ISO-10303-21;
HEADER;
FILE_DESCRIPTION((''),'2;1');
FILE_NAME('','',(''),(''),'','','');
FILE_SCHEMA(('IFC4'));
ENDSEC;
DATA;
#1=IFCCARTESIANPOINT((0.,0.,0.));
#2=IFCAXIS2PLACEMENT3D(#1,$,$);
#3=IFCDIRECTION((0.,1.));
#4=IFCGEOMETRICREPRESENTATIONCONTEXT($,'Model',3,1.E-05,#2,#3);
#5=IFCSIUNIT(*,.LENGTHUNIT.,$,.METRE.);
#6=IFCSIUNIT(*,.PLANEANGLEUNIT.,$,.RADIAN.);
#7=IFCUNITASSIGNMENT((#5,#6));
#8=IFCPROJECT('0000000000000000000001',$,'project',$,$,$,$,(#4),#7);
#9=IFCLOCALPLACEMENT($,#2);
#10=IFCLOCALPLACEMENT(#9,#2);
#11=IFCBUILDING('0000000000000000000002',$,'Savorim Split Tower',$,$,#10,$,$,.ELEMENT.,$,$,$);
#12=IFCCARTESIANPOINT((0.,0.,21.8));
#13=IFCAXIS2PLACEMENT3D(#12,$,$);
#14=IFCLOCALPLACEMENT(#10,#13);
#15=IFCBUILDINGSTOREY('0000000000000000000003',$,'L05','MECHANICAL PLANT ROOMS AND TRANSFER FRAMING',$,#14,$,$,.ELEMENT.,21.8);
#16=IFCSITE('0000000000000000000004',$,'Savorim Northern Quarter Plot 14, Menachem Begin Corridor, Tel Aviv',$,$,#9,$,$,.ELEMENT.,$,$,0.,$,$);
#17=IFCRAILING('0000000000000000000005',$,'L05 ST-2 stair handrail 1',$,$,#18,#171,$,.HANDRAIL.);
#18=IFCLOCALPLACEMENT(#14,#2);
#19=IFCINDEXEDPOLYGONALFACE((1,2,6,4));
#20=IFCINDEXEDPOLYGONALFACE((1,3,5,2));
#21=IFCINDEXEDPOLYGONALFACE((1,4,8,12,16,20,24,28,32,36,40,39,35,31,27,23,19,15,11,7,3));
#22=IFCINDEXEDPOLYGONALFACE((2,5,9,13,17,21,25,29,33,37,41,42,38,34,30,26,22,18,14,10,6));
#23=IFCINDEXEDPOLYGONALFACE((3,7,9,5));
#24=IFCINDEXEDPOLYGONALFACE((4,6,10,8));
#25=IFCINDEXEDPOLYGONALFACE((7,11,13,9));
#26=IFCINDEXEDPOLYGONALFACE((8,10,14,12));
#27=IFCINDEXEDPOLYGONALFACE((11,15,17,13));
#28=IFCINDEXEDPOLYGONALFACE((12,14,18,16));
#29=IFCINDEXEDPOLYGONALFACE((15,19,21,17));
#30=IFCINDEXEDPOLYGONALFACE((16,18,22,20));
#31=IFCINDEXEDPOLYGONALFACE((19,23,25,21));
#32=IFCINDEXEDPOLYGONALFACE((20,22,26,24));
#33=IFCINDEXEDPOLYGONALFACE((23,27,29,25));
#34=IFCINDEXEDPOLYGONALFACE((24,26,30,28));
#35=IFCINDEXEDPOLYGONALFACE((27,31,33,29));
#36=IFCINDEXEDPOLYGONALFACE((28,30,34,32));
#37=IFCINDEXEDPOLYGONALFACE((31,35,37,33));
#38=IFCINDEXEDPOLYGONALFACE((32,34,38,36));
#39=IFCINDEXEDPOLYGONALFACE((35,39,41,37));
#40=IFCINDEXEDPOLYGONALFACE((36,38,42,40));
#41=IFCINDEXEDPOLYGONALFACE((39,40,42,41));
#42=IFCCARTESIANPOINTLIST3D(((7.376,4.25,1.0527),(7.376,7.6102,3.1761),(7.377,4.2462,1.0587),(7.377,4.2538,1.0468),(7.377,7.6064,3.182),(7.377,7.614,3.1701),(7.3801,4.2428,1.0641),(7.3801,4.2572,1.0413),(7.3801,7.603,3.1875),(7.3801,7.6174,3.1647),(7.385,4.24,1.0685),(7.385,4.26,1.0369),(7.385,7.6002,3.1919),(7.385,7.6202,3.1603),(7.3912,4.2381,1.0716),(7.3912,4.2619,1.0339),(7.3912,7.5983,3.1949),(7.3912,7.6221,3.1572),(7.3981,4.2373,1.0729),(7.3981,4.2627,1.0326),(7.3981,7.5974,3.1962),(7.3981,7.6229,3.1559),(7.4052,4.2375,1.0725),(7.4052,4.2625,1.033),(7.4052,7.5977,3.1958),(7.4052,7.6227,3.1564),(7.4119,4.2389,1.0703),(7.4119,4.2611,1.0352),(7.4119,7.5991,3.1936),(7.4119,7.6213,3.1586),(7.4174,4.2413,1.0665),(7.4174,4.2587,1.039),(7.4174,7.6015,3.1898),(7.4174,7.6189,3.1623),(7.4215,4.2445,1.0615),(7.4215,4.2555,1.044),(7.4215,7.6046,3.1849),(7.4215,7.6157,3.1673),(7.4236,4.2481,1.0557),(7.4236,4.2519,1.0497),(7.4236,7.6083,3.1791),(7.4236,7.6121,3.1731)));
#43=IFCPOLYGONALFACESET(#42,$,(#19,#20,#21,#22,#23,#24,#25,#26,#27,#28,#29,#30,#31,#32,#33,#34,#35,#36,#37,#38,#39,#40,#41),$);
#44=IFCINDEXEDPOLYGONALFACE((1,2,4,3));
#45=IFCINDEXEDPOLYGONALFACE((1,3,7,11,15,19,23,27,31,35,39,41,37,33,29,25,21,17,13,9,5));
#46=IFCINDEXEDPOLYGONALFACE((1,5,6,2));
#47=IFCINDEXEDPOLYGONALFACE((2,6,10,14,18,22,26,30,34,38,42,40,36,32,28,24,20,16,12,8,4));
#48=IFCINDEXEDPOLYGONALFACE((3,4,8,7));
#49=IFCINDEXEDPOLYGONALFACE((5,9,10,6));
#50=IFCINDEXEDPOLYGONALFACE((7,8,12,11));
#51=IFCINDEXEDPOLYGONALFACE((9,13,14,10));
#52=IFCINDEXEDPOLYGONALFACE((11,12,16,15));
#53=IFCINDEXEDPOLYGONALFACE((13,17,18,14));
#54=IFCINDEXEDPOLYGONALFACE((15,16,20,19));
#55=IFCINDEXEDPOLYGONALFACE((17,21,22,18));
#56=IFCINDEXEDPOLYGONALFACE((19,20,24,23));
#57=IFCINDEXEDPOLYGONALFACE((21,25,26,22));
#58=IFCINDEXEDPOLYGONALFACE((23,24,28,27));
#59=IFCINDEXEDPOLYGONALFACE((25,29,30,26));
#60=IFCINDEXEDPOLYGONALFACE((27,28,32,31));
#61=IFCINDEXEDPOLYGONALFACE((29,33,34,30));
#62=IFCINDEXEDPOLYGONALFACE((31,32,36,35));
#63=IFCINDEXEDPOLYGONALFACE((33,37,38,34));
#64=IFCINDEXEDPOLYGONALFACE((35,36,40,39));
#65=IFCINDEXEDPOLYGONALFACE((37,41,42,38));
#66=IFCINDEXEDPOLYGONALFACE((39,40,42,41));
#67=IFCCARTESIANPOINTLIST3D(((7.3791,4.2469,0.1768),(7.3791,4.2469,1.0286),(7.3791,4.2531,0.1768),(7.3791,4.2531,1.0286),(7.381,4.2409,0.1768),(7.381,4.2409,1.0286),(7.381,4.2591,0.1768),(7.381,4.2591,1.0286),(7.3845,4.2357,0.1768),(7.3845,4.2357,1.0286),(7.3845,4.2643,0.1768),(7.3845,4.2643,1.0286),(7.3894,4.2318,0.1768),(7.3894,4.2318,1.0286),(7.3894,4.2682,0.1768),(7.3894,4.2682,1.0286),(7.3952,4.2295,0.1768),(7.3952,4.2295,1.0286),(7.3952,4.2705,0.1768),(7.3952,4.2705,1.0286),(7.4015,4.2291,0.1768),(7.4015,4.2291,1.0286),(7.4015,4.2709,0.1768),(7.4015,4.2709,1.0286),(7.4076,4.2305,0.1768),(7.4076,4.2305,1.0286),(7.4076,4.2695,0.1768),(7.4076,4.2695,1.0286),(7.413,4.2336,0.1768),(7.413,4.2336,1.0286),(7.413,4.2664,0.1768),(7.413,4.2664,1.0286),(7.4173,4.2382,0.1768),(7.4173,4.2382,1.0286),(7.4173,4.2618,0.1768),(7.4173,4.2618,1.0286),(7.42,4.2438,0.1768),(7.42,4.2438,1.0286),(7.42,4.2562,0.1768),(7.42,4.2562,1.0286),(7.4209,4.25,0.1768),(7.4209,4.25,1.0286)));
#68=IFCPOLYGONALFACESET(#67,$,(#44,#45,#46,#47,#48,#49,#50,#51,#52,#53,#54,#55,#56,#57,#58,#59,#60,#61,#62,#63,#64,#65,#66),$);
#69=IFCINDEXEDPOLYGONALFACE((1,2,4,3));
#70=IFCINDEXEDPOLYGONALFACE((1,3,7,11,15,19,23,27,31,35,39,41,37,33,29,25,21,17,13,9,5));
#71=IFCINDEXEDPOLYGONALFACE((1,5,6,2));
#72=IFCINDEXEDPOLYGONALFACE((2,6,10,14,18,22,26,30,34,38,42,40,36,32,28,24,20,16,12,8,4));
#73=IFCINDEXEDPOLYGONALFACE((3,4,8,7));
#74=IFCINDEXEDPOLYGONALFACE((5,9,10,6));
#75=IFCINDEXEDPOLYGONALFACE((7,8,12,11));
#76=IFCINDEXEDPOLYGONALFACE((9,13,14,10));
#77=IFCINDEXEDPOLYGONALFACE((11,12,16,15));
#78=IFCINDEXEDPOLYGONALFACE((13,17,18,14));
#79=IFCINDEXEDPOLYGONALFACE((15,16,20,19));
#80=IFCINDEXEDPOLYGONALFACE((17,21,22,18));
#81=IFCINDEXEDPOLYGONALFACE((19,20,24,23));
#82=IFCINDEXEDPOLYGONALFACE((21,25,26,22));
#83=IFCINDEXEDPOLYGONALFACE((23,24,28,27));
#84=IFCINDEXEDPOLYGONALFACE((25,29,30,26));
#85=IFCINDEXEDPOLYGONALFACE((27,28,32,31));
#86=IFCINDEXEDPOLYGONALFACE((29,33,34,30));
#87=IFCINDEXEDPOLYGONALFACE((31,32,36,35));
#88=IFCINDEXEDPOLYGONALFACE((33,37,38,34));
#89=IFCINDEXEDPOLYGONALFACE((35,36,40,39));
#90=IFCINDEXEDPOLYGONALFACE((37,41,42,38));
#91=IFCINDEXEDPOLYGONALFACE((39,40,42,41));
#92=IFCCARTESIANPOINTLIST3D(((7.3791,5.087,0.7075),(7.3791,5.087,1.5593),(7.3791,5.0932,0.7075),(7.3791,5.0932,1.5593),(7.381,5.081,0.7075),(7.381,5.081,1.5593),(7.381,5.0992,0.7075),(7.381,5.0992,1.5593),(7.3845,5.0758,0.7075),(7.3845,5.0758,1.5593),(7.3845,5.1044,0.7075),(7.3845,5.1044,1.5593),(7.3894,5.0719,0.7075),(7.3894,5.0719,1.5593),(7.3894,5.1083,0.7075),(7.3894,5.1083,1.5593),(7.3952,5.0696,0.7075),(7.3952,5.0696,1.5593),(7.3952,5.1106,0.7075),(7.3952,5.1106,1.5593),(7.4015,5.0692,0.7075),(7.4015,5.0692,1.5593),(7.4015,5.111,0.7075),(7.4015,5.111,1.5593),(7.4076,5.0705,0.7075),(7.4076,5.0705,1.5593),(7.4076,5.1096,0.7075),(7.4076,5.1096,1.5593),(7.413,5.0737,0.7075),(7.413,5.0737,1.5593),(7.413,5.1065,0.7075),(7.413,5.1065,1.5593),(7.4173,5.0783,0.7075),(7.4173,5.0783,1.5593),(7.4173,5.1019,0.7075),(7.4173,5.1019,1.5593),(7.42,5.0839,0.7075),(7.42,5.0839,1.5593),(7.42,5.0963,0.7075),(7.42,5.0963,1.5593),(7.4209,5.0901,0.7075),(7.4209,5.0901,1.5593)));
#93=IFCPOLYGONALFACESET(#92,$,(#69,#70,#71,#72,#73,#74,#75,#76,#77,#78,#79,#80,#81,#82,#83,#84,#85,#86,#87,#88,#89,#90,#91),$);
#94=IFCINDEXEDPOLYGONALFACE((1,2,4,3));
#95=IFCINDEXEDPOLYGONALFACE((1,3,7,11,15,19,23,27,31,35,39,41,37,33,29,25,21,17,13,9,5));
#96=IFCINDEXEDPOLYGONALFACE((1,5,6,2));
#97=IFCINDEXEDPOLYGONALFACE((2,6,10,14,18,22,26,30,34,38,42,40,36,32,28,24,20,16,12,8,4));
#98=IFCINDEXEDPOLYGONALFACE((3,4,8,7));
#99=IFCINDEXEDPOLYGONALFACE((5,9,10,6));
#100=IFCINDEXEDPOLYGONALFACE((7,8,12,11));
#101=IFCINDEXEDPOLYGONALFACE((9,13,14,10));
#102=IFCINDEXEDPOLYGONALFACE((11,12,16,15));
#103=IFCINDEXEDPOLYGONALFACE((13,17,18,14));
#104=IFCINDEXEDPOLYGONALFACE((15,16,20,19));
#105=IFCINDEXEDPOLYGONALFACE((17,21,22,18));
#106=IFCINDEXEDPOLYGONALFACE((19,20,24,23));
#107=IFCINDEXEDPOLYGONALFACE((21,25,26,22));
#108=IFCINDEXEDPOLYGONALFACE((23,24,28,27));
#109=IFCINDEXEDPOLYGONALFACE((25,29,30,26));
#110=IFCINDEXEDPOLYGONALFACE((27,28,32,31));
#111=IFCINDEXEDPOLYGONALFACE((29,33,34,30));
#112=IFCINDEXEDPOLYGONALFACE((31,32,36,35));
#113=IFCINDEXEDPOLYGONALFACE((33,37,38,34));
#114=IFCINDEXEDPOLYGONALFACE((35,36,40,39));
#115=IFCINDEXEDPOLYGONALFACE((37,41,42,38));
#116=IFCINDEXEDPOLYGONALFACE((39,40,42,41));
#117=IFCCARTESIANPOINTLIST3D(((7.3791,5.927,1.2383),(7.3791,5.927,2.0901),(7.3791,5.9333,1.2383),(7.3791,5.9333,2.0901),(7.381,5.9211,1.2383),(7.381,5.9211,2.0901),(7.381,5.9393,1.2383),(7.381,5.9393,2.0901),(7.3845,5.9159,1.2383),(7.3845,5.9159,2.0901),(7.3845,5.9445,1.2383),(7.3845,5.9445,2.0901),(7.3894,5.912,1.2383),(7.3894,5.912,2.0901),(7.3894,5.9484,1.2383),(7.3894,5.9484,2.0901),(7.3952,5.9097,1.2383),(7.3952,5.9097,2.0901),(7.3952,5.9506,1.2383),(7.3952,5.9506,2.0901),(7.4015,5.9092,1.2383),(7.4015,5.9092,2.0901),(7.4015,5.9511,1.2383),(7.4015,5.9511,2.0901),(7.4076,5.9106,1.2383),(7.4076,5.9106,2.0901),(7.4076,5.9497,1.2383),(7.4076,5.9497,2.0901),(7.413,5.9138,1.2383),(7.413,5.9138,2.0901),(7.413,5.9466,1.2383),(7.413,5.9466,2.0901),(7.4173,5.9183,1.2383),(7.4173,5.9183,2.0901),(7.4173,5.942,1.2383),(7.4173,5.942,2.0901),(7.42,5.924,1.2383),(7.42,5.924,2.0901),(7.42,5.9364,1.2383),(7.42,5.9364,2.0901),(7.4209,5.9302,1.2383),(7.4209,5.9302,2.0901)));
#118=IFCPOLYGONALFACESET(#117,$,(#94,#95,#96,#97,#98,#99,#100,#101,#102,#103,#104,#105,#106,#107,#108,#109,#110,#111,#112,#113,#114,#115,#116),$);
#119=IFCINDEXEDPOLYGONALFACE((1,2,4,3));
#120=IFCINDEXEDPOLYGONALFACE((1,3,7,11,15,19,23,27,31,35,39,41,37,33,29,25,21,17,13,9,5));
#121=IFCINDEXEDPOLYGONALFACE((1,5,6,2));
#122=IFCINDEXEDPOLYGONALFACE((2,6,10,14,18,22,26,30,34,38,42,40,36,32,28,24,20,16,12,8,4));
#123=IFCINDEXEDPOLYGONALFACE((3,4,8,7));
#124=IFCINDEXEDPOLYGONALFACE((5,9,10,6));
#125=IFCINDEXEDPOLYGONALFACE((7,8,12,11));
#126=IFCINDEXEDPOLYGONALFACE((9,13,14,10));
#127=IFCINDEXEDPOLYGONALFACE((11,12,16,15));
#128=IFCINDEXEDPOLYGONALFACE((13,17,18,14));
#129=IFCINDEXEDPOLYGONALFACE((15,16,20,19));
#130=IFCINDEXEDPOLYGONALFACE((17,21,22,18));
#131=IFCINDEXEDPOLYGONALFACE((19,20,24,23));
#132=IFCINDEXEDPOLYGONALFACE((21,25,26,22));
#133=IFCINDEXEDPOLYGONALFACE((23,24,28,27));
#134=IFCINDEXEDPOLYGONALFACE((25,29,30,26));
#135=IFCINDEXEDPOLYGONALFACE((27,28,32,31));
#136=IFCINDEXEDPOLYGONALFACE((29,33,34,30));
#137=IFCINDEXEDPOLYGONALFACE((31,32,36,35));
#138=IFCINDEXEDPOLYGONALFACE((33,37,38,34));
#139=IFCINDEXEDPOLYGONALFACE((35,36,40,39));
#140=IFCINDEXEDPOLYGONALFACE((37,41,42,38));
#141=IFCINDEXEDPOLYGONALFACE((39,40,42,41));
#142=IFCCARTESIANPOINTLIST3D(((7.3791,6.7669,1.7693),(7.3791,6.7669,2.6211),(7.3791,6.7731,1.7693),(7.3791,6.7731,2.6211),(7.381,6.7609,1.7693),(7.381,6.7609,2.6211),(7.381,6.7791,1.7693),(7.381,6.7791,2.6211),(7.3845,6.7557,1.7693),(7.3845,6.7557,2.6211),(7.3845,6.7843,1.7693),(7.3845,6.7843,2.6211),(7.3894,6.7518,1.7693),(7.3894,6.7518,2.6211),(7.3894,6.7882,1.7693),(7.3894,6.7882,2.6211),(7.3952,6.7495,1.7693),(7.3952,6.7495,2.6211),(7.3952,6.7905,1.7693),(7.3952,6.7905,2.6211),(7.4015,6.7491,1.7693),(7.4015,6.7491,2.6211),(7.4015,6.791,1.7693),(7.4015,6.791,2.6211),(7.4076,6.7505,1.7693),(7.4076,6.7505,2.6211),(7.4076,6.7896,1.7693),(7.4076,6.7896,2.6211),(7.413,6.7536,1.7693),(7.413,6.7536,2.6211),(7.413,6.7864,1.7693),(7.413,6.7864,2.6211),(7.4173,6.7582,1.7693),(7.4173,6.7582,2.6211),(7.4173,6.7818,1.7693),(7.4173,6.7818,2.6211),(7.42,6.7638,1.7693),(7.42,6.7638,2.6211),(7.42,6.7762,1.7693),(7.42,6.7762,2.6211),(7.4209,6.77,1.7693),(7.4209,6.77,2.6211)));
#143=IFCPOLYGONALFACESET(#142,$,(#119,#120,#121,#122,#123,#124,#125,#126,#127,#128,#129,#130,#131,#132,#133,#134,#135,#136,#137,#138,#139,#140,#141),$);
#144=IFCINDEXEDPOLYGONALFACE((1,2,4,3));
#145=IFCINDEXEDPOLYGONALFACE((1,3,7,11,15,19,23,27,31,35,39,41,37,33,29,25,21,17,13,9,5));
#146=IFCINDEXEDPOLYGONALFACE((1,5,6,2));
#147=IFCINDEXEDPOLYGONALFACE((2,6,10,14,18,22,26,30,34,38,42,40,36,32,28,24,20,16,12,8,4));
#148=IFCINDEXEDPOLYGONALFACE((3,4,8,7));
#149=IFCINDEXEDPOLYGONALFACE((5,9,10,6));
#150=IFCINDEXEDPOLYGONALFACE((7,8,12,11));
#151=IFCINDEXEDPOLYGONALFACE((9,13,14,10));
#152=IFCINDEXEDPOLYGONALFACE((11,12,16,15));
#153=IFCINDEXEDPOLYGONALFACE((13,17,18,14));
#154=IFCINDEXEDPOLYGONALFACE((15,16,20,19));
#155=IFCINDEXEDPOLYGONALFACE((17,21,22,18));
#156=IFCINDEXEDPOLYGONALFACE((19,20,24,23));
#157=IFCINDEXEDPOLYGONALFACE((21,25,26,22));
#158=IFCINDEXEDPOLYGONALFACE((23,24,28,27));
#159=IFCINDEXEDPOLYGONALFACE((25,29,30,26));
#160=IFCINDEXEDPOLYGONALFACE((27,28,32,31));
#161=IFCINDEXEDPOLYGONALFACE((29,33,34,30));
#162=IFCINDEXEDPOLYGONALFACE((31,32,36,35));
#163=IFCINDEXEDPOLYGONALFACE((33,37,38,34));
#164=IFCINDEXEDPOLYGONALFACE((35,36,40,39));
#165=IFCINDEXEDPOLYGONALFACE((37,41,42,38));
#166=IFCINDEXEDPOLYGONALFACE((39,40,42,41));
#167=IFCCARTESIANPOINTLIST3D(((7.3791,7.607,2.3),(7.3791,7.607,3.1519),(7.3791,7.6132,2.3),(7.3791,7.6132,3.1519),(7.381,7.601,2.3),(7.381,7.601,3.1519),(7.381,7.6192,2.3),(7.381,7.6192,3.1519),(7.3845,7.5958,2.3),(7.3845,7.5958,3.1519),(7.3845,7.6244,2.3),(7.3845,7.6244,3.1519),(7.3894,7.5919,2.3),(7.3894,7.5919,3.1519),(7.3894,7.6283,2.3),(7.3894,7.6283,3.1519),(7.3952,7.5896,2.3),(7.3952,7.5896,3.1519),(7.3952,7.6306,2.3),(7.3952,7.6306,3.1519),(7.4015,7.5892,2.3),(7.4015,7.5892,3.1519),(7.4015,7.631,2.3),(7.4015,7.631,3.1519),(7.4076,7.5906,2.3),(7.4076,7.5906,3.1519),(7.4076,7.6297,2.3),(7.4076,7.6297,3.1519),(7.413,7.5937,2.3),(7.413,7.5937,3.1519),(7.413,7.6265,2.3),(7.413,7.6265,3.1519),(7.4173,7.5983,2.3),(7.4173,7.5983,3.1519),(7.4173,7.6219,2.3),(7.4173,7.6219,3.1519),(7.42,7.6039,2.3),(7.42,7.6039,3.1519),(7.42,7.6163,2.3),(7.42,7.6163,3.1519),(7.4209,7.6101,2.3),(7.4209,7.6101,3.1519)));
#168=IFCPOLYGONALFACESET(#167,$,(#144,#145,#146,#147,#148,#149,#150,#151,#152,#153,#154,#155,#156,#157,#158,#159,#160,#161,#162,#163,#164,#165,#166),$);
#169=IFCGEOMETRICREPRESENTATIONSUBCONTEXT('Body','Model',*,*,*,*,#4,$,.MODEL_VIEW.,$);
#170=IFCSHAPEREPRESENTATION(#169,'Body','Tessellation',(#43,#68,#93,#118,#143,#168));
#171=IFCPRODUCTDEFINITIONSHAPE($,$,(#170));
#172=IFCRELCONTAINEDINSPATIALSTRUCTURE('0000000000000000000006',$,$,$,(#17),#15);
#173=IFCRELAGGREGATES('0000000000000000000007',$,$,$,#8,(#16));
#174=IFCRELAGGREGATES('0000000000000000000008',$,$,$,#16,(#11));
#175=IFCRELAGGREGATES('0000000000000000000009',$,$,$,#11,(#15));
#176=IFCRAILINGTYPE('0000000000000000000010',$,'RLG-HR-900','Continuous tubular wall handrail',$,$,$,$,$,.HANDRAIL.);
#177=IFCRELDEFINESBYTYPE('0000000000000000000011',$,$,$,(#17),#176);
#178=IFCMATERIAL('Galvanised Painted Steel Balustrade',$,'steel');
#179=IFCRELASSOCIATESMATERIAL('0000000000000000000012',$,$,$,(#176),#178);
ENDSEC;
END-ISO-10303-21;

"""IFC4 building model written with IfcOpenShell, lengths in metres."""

from ifc_helpers import new_model, si_unit, direction, frame, origin, origin_2d, place, context, subcontext, project, spatial, circle, extrude, material, type_object, element, save


model = new_model("IFC4")

# Units and contexts
model_context = context("Model", 3, precision=1e-05, world=origin(), true_north=direction((0.0, 1.0)))
body_context = subcontext(model_context, "Body", "Model", "MODEL_VIEW")
ifc_project = project(units=[si_unit("LENGTHUNIT", "METRE"), si_unit("PLANEANGLEUNIT", "RADIAN")], contexts=[model_context])

# Site, building, storey
site_placement = place(None, origin())
site = spatial("IfcSite", under=ifc_project, at=site_placement, Name="Savorim Northern Quarter Plot 14, Menachem Begin Corridor, Tel Aviv", CompositionType="ELEMENT", RefElevation=0.0)
building_placement = place(site_placement, origin())
building = spatial("IfcBuilding", under=site, at=building_placement, Name="Savorim Split Tower", CompositionType="ELEMENT")
storey_placement = place(building_placement, frame((0.0, 0.0, 21.8)))
storey = spatial("IfcBuildingStorey", under=building, at=storey_placement, Name="L05", Description="MECHANICAL PLANT ROOMS AND TRANSFER FRAMING", CompositionType="ELEMENT", Elevation=21.8)

# Railing
ifc_material_1 = material(Name="Galvanised Painted Steel Balustrade", Category="steel")
railing_type_1 = type_object("IfcRailingType", Name="RLG-HR-900", Description="Continuous tubular wall handrail", PredefinedType="HANDRAIL", material=ifc_material_1)
railing_1_placement = place(storey_placement, frame((7.3999, 4.25, 0.1768)))
element("IfcRailing", 1, at=railing_1_placement, inside=storey, type_object=railing_type_1, Name="L05 ST-2 stair handrail 1", PredefinedType="HANDRAIL", context=body_context, shape_type="SweptSolid", body=[
    extrude(circle(Radius=0.0239, at=origin_2d()), frame((0.0, 0.0, 0.876), z_axis=(0.0, 0.845362, 0.534194), x_axis=(-1.0, 0.0, 0.0)), (0.0, 0.0, 1.0), 3.9749),
    extrude(circle(Radius=0.021, at=origin_2d()), origin(), (0.0, 0.0, 1.0), 0.8518),
    extrude(circle(Radius=0.021, at=origin_2d()), frame((0.0, 0.8401, 0.5308)), (0.0, 0.0, 1.0), 0.8518),
    extrude(circle(Radius=0.021, at=origin_2d()), frame((0.0, 1.6802, 1.0615)), (0.0, 0.0, 1.0), 0.8518),
    extrude(circle(Radius=0.021, at=origin_2d()), frame((0.0, 2.52, 1.5925)), (0.0, 0.0, 1.0), 0.8518),
    extrude(circle(Radius=0.021, at=origin_2d()), frame((0.0, 3.3601, 2.1233)), (0.0, 0.0, 1.0), 0.8518),
])

save(model, "model.ifc")
